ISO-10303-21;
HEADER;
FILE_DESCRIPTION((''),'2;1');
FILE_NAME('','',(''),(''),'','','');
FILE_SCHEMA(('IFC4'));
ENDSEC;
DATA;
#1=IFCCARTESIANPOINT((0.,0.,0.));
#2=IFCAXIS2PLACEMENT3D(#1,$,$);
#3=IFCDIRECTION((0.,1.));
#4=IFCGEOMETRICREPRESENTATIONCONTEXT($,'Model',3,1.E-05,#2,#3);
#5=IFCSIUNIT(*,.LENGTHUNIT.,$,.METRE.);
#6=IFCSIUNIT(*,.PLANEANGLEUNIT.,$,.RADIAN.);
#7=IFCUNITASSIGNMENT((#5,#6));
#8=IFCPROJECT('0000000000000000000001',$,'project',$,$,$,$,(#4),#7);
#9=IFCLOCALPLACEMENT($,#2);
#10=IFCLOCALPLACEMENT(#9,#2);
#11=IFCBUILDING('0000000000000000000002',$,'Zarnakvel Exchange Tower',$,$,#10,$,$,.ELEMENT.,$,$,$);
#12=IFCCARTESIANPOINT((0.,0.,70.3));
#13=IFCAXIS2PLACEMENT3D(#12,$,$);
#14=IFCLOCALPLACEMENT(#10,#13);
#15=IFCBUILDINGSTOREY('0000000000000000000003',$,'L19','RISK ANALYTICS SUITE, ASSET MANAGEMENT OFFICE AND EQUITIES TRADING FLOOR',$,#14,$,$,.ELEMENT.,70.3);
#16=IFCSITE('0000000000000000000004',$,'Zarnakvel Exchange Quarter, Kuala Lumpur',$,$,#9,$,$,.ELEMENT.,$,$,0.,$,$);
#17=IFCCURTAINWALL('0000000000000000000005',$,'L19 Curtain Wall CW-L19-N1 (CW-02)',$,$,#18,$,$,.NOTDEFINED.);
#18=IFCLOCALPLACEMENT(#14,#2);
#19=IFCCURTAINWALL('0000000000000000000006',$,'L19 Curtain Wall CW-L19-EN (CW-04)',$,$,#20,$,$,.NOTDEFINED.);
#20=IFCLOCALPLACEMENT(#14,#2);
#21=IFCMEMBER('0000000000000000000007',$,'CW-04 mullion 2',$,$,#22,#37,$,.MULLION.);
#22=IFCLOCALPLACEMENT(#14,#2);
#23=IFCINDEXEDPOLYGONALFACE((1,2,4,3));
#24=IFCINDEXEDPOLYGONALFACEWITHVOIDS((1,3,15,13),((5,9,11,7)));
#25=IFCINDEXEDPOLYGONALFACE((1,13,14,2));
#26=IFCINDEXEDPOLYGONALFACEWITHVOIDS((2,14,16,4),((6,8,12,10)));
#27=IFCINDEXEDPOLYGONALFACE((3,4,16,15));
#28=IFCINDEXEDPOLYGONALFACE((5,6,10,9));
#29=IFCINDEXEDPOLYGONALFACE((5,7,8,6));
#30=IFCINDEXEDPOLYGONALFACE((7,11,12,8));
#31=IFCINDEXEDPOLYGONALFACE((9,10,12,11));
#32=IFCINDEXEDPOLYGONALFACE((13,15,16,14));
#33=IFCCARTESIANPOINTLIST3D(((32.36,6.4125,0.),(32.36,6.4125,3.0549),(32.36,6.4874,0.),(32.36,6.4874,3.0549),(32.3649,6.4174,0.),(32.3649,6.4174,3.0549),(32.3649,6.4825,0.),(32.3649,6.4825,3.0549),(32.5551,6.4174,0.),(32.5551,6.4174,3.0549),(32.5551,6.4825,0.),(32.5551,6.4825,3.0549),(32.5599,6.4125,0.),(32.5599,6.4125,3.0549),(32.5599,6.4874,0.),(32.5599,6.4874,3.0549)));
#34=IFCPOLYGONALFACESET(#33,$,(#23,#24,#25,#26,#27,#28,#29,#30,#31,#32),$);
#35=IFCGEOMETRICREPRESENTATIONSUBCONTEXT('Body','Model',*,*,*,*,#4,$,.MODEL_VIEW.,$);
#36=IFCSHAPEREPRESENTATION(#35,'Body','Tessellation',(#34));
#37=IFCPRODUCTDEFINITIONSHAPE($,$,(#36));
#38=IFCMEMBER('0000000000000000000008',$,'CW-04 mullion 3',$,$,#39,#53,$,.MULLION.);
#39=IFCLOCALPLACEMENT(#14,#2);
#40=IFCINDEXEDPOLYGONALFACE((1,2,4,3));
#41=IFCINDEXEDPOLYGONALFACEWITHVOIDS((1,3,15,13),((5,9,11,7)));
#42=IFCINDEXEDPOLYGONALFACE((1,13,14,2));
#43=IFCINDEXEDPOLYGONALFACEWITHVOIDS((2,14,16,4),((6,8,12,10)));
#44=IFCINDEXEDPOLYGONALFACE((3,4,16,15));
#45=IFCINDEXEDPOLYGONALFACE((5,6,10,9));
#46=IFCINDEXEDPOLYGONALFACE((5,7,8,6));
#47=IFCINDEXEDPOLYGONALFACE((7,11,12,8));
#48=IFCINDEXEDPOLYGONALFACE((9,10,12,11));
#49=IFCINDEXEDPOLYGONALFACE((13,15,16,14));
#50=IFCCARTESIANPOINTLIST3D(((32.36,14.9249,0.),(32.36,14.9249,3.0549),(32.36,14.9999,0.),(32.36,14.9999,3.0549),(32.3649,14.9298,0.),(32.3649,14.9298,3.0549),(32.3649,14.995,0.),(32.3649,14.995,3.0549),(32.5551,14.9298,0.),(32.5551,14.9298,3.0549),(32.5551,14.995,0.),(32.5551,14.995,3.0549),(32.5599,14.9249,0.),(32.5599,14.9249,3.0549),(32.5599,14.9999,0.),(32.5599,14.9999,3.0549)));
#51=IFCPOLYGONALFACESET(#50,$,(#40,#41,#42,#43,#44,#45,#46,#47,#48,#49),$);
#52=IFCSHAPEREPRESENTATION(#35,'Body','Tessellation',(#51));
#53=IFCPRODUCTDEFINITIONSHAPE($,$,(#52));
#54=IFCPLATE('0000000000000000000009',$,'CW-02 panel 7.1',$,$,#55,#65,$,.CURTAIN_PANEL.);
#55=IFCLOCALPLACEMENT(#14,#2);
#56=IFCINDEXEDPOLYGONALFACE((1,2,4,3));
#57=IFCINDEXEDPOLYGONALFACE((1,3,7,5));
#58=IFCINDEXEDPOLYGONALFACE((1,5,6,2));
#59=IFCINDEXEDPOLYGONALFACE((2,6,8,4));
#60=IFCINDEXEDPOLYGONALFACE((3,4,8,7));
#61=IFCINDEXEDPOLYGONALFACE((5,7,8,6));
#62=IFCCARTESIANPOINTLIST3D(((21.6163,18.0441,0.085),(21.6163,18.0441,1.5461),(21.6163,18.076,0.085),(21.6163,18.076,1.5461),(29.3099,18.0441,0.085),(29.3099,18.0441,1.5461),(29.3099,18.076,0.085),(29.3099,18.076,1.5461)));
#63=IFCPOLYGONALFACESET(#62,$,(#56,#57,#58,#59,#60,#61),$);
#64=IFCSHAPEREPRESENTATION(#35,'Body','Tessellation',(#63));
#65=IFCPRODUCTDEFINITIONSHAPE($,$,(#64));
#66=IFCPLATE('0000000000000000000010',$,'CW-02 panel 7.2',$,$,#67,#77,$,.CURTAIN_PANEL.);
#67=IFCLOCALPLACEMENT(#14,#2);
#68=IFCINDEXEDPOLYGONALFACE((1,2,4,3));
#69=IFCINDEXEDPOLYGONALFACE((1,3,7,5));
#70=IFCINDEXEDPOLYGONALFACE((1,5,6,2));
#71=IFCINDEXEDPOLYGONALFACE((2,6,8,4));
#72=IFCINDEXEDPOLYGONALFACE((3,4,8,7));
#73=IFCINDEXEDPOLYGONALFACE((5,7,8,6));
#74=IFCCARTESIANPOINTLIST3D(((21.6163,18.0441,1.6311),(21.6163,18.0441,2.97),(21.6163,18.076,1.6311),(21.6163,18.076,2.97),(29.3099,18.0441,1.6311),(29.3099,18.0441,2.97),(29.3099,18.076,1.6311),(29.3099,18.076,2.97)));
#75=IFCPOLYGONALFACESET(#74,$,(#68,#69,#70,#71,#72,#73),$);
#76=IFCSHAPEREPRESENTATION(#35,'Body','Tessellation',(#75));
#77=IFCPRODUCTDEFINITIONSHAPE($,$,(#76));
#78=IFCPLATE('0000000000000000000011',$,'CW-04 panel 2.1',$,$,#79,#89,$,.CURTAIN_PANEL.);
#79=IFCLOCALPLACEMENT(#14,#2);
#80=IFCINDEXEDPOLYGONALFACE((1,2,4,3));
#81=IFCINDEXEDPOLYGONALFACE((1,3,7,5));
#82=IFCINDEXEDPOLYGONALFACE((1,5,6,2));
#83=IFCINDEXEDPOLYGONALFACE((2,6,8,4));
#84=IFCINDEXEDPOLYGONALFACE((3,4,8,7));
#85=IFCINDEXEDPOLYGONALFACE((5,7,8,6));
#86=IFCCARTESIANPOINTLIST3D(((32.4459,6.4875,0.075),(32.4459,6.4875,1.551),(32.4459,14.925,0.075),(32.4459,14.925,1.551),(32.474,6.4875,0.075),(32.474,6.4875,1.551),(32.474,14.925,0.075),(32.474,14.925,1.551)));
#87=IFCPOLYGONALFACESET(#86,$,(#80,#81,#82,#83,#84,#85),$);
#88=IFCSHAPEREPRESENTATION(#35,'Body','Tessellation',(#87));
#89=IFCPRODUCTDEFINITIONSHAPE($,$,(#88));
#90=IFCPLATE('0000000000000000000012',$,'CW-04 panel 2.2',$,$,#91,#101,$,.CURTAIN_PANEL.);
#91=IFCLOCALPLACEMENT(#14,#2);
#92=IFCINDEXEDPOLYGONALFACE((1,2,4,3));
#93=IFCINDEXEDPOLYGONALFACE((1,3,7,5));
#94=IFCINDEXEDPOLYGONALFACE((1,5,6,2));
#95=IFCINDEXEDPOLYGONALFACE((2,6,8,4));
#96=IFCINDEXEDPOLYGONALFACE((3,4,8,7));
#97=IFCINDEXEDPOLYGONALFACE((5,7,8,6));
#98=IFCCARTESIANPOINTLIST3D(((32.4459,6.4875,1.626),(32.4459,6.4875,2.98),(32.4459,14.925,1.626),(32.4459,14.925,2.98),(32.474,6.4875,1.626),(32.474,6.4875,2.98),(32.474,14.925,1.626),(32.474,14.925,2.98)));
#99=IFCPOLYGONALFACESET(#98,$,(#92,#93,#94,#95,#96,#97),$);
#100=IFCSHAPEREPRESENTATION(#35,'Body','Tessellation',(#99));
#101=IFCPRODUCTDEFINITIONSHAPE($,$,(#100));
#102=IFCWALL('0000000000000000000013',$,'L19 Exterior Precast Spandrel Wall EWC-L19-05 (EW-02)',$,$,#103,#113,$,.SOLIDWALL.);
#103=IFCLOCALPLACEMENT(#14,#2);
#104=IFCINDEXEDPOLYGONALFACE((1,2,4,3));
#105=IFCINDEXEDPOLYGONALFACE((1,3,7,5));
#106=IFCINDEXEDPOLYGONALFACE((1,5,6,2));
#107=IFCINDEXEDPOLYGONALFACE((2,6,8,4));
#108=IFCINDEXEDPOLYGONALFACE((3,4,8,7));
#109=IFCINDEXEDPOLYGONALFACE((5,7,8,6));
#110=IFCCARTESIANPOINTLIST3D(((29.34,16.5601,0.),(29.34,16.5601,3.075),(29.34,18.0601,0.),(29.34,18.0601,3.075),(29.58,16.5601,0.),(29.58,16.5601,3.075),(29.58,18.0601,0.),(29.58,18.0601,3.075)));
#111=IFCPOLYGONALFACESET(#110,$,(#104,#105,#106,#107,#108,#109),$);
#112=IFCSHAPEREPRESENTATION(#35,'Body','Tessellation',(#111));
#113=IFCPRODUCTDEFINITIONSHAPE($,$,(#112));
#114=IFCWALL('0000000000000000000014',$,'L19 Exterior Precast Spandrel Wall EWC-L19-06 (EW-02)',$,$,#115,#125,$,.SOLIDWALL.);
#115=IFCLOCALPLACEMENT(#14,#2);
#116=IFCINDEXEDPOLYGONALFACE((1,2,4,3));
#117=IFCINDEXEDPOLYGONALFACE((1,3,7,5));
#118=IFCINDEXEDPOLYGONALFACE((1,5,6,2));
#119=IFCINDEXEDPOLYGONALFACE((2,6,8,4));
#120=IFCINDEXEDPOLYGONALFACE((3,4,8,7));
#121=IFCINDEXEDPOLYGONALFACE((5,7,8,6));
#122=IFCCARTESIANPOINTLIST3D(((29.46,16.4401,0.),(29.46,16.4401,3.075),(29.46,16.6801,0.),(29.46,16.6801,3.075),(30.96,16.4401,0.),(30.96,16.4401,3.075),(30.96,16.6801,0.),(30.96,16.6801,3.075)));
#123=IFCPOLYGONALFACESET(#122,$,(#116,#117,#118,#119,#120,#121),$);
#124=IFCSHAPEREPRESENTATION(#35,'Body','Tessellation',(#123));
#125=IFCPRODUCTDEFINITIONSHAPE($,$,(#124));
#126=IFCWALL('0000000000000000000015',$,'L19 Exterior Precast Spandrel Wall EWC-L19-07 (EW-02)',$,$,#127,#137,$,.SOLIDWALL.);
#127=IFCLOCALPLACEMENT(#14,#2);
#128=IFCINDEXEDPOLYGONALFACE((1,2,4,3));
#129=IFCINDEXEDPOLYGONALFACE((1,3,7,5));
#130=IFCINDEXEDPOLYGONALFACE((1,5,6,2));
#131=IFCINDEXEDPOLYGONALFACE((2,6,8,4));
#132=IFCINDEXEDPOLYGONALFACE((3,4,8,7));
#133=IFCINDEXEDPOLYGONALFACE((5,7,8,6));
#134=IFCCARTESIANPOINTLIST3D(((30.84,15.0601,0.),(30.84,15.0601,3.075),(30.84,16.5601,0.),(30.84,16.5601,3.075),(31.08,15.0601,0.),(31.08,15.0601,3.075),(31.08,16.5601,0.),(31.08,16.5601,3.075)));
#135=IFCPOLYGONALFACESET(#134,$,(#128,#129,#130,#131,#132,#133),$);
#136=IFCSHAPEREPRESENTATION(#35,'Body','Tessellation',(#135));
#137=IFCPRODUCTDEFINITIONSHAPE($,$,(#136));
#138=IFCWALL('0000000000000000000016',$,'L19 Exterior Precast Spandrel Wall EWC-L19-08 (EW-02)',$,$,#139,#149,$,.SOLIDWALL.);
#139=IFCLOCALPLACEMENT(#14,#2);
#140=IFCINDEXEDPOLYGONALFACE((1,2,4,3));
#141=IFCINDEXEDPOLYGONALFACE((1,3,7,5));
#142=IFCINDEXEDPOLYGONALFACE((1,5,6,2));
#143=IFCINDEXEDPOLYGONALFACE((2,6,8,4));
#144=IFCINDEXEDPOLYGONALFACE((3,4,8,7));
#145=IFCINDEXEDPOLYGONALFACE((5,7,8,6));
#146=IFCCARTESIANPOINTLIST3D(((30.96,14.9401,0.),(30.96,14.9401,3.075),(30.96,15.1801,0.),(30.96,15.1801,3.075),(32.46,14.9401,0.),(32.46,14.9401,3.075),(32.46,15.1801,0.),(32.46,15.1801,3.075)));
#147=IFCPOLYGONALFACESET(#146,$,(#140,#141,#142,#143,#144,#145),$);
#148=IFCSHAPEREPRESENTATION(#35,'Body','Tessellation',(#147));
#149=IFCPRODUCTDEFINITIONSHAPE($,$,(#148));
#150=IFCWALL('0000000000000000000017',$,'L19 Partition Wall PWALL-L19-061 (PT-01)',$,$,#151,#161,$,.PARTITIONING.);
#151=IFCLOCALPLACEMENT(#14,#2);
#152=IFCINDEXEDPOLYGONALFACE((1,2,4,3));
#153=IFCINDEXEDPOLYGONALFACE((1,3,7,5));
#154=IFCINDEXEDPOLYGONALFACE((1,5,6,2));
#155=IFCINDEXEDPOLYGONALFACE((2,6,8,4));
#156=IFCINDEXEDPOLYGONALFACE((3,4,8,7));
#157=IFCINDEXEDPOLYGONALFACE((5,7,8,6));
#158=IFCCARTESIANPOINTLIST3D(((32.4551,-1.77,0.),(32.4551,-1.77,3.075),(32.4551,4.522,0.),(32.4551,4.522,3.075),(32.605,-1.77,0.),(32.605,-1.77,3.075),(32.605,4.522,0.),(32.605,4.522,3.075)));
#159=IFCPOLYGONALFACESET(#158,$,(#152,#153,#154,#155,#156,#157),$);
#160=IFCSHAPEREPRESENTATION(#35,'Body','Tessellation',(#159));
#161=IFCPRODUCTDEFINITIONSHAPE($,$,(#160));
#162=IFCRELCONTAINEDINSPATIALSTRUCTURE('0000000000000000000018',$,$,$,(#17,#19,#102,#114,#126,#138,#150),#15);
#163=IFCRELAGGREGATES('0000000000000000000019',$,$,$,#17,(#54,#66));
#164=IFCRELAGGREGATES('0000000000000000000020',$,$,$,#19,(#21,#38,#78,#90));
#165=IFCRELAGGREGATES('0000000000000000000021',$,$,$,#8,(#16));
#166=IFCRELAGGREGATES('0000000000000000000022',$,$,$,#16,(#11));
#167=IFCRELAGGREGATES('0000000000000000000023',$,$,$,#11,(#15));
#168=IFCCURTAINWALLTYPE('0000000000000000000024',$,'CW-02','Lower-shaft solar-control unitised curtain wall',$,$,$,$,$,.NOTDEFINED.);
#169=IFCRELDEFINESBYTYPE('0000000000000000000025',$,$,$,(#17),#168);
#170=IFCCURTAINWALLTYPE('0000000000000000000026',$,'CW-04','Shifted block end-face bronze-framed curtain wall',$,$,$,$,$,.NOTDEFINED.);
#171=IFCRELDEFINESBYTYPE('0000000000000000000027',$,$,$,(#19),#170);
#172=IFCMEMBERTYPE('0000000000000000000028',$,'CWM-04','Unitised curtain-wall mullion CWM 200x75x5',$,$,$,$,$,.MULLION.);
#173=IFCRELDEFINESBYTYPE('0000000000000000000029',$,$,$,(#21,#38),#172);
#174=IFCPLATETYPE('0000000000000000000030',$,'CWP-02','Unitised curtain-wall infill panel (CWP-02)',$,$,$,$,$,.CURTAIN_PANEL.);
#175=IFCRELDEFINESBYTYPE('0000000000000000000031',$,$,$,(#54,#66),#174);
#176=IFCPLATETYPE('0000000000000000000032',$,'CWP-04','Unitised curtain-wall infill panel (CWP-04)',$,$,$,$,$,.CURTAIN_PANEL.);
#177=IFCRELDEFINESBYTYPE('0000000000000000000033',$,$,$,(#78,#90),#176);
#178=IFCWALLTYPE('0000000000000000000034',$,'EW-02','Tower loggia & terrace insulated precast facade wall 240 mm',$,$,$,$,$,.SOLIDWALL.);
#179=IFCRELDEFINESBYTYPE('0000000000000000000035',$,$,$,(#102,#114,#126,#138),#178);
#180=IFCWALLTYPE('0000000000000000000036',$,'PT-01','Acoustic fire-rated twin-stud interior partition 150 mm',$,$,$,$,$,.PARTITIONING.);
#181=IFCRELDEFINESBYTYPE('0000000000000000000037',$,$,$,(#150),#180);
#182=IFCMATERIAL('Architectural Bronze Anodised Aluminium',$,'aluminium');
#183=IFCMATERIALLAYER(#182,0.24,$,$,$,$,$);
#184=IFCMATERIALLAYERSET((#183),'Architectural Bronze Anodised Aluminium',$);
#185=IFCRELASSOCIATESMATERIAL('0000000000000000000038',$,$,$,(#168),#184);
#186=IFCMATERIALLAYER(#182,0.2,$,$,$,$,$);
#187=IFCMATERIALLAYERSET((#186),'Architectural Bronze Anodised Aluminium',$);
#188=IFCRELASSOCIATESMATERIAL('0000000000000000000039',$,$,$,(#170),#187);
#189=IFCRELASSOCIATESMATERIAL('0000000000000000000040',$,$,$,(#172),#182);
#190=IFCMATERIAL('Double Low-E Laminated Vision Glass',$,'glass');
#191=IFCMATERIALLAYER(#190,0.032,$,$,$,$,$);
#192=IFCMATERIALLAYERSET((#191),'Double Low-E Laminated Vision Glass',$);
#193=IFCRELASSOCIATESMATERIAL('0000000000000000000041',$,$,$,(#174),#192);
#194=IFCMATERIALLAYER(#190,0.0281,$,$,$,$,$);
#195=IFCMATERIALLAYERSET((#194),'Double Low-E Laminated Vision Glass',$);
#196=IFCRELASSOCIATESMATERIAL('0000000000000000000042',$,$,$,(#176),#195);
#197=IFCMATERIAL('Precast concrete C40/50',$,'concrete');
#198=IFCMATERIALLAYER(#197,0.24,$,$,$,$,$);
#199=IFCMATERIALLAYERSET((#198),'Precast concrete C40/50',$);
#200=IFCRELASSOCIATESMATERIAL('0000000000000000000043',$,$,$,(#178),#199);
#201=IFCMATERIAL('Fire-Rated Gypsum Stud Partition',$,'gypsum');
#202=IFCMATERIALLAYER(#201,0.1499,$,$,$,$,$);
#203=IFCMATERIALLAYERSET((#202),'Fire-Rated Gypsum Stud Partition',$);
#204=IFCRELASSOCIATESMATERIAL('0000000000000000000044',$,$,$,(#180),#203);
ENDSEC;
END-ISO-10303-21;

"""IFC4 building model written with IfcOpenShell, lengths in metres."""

from ifc_helpers import new_model, si_unit, direction, frame, frame_2d, origin, origin_2d, place, context, subcontext, project, spatial, rectangle, hollow_rectangle, extrude, source, transform, mapped, material, layer, layer_set, material_profile, profile_set, type_object, element, aggregate, save


model = new_model("IFC4")

# Units and contexts
model_context = context("Model", 3, precision=1e-05, world=origin(), true_north=direction((0.0, 1.0)))
body_context = subcontext(model_context, "Body", "Model", "MODEL_VIEW")
ifc_project = project(units=[si_unit("LENGTHUNIT", "METRE"), si_unit("PLANEANGLEUNIT", "RADIAN")], contexts=[model_context])

# Site, building, storey
site_placement = place(None, origin())
site = spatial("IfcSite", under=ifc_project, at=site_placement, Name="Zarnakvel Exchange Quarter, Kuala Lumpur", CompositionType="ELEMENT", RefElevation=0.0)
building_placement = place(site_placement, origin())
building = spatial("IfcBuilding", under=site, at=building_placement, Name="Zarnakvel Exchange Tower", CompositionType="ELEMENT")
storey_placement = place(building_placement, frame((0.0, 0.0, 70.3)))
storey = spatial("IfcBuildingStorey", under=building, at=storey_placement, Name="L19", Description="RISK ANALYTICS SUITE, ASSET MANAGEMENT OFFICE AND EQUITIES TRADING FLOOR", CompositionType="ELEMENT", Elevation=70.3)

# Curtain walls
ifc_material_1 = material(Name="Architectural Bronze Anodised Aluminium", Category="aluminium")
ifc_layer_1 = layer(ifc_material_1, 0.24)
ifc_layer_set_1 = layer_set([ifc_layer_1], Name="Architectural Bronze Anodised Aluminium")
curtain_wall_type_1 = type_object("IfcCurtainWallType", Name="CW-02", Description="Lower-shaft solar-control unitised curtain wall", PredefinedType="NOTDEFINED", material=ifc_layer_set_1)
curtain_wall_1_placement = place(storey_placement, origin())
curtain_wall_1 = element("IfcCurtainWall", 1, at=curtain_wall_1_placement, inside=storey, type_object=curtain_wall_type_1, Name="L19 Curtain Wall CW-L19-N1 (CW-02)", PredefinedType="NOTDEFINED")
ifc_layer_2 = layer(ifc_material_1, 0.2)
ifc_layer_set_2 = layer_set([ifc_layer_2], Name="Architectural Bronze Anodised Aluminium")
curtain_wall_type_2 = type_object("IfcCurtainWallType", Name="CW-04", Description="Shifted block end-face bronze-framed curtain wall", PredefinedType="NOTDEFINED", material=ifc_layer_set_2)
curtain_wall_2_placement = place(storey_placement, origin())
curtain_wall_2 = element("IfcCurtainWall", 2, at=curtain_wall_2_placement, inside=storey, type_object=curtain_wall_type_2, Name="L19 Curtain Wall CW-L19-EN (CW-04)", PredefinedType="NOTDEFINED")

# Members
ifc_material_profile_1 = material_profile(ifc_material_1, hollow_rectangle(XDim=0.2, YDim=0.075, WallThickness=0.0049, at=origin_2d()))
ifc_profile_set_1 = profile_set([ifc_material_profile_1], Name="Architectural Bronze Anodised Aluminium")
member_type_1 = type_object("IfcMemberType", Name="CWM-04", Description="Unitised curtain-wall mullion CWM 200x75x5", PredefinedType="MULLION", material=ifc_profile_set_1)
shared_shape_1 = source(origin(), body_context, "Body", "SweptSolid", [
    extrude(hollow_rectangle(XDim=0.2, YDim=0.075, WallThickness=0.0049, at=origin_2d()), origin(), (0.0, 0.0, 1.0), 3.0549),
])
member_1_placement = place(storey_placement, frame((32.46, 6.45, 0.0), z_axis=(0.0, 0.0, 1.0), x_axis=(-1.0, 0.0, 0.0)))
member_1 = element("IfcMember", 3, at=member_1_placement, type_object=member_type_1, Name="CW-04 mullion 2", PredefinedType="MULLION", context=body_context, shape_type="MappedRepresentation", body=[
    mapped(shared_shape_1, transform((0.0, 0.0, 0.0), x_axis=(1.0, 0.0, 0.0), y_axis=(0.0, 1.0, 0.0), z_axis=(0.0, 0.0, 1.0), scale=1.0)),
])
member_2_placement = place(storey_placement, frame((32.46, 14.9624, 0.0), z_axis=(0.0, 0.0, 1.0), x_axis=(-1.0, 0.0, 0.0)))
member_2 = element("IfcMember", 4, at=member_2_placement, type_object=member_type_1, Name="CW-04 mullion 3", PredefinedType="MULLION", context=body_context, shape_type="MappedRepresentation", body=[
    mapped(shared_shape_1, transform((0.0, 0.0, 0.0), x_axis=(1.0, 0.0, 0.0), y_axis=(0.0, 1.0, 0.0), z_axis=(0.0, 0.0, 1.0), scale=1.0)),
])

# Plates
ifc_material_2 = material(Name="Double Low-E Laminated Vision Glass", Category="glass")
ifc_layer_3 = layer(ifc_material_2, 0.032)
ifc_layer_set_3 = layer_set([ifc_layer_3], Name="Double Low-E Laminated Vision Glass")
plate_type_1 = type_object("IfcPlateType", Name="CWP-02", Description="Unitised curtain-wall infill panel (CWP-02)", PredefinedType="CURTAIN_PANEL", material=ifc_layer_set_3)
shared_shape_2 = source(origin(), body_context, "Body", "SweptSolid", [
    extrude(rectangle(XDim=7.6936, YDim=0.032, at=origin_2d()), origin(), (0.0, 0.0, 1.0), 1.4612),
])
plate_1_placement = place(storey_placement, frame((25.4631, 18.0601, 0.085), z_axis=(0.0, 0.0, 1.0), x_axis=(1.0, 0.0, 0.0)))
plate_1 = element("IfcPlate", 5, at=plate_1_placement, type_object=plate_type_1, Name="CW-02 panel 7.1", PredefinedType="CURTAIN_PANEL", context=body_context, shape_type="MappedRepresentation", body=[
    mapped(shared_shape_2, transform((0.0, 0.0, 0.0), x_axis=(1.0, 0.0, 0.0), y_axis=(0.0, 1.0, 0.0), z_axis=(0.0, 0.0, 1.0), scale=1.0)),
])
shared_shape_3 = source(origin(), body_context, "Body", "SweptSolid", [
    extrude(rectangle(XDim=7.6936, YDim=0.032, at=origin_2d()), origin(), (0.0, 0.0, 1.0), 1.3389),
])
plate_2_placement = place(storey_placement, frame((25.4631, 18.0601, 1.6311), z_axis=(0.0, 0.0, 1.0), x_axis=(1.0, 0.0, 0.0)))
plate_2 = element("IfcPlate", 6, at=plate_2_placement, type_object=plate_type_1, Name="CW-02 panel 7.2", PredefinedType="CURTAIN_PANEL", context=body_context, shape_type="MappedRepresentation", body=[
    mapped(shared_shape_3, transform((0.0, 0.0, 0.0), x_axis=(1.0, 0.0, 0.0), y_axis=(0.0, 1.0, 0.0), z_axis=(0.0, 0.0, 1.0), scale=1.0)),
])
aggregate(curtain_wall_1, [plate_1, plate_2])
ifc_layer_4 = layer(ifc_material_2, 0.0281)
ifc_layer_set_4 = layer_set([ifc_layer_4], Name="Double Low-E Laminated Vision Glass")
plate_type_2 = type_object("IfcPlateType", Name="CWP-04", Description="Unitised curtain-wall infill panel (CWP-04)", PredefinedType="CURTAIN_PANEL", material=ifc_layer_set_4)
shared_shape_4 = source(origin(), body_context, "Body", "SweptSolid", [
    extrude(rectangle(XDim=8.4375, YDim=0.0281, at=origin_2d()), origin(), (0.0, 0.0, 1.0), 1.4761),
])
plate_3_placement = place(storey_placement, frame((32.46, 10.7063, 0.075), z_axis=(0.0, 0.0, 1.0), x_axis=(0.0, 1.0, 0.0)))
plate_3 = element("IfcPlate", 7, at=plate_3_placement, type_object=plate_type_2, Name="CW-04 panel 2.1", PredefinedType="CURTAIN_PANEL", context=body_context, shape_type="MappedRepresentation", body=[
    mapped(shared_shape_4, transform((0.0, 0.0, 0.0), x_axis=(1.0, 0.0, 0.0), y_axis=(0.0, 1.0, 0.0), z_axis=(0.0, 0.0, 1.0), scale=1.0)),
])
shared_shape_5 = source(origin(), body_context, "Body", "SweptSolid", [
    extrude(rectangle(XDim=8.4375, YDim=0.0281, at=origin_2d()), origin(), (0.0, 0.0, 1.0), 1.354),
])
plate_4_placement = place(storey_placement, frame((32.46, 10.7063, 1.626), z_axis=(0.0, 0.0, 1.0), x_axis=(0.0, 1.0, 0.0)))
plate_4 = element("IfcPlate", 8, at=plate_4_placement, type_object=plate_type_2, Name="CW-04 panel 2.2", PredefinedType="CURTAIN_PANEL", context=body_context, shape_type="MappedRepresentation", body=[
    mapped(shared_shape_5, transform((0.0, 0.0, 0.0), x_axis=(1.0, 0.0, 0.0), y_axis=(0.0, 1.0, 0.0), z_axis=(0.0, 0.0, 1.0), scale=1.0)),
])
aggregate(curtain_wall_2, [member_1, member_2, plate_3, plate_4])

# Walls
ifc_material_3 = material(Name="Precast concrete C40/50", Category="concrete")
ifc_layer_5 = layer(ifc_material_3, 0.24)
ifc_layer_set_5 = layer_set([ifc_layer_5], Name="Precast concrete C40/50")
wall_type_1 = type_object("IfcWallType", Name="EW-02", Description="Tower loggia & terrace insulated precast facade wall 240 mm", PredefinedType="SOLIDWALL", material=ifc_layer_set_5)
for number, where, z_axis, x_axis, name in (
    (9, (29.46, 16.5601, 0.0), (0.0, 0.0, 1.0), (0.0, 1.0, 0.0), "L19 Exterior Precast Spandrel Wall EWC-L19-05 (EW-02)"),
    (10, (30.96, 16.5601, 0.0), (0.0, 0.0, 1.0), (-1.0, 0.0, 0.0), "L19 Exterior Precast Spandrel Wall EWC-L19-06 (EW-02)"),
    (11, (30.96, 15.0601, 0.0), (0.0, 0.0, 1.0), (0.0, 1.0, 0.0), "L19 Exterior Precast Spandrel Wall EWC-L19-07 (EW-02)"),
    (12, (32.46, 15.0601, 0.0), (0.0, 0.0, 1.0), (-1.0, 0.0, 0.0), "L19 Exterior Precast Spandrel Wall EWC-L19-08 (EW-02)"),
):
    element("IfcWall", number, at=place(storey_placement, frame(where, z_axis=z_axis, x_axis=x_axis)), inside=storey, type_object=wall_type_1, Name=name, PredefinedType="SOLIDWALL", context=body_context, shape_type="SweptSolid", body=[
        extrude(rectangle(XDim=1.5, YDim=0.24, at=frame_2d((0.75, 0.0))), origin(), (0.0, 0.0, 1.0), 3.075),
    ])
ifc_material_4 = material(Name="Fire-Rated Gypsum Stud Partition", Category="gypsum")
ifc_layer_6 = layer(ifc_material_4, 0.1499)
ifc_layer_set_6 = layer_set([ifc_layer_6], Name="Fire-Rated Gypsum Stud Partition")
wall_type_2 = type_object("IfcWallType", Name="PT-01", Description="Acoustic fire-rated twin-stud interior partition 150 mm", PredefinedType="PARTITIONING", material=ifc_layer_set_6)
wall_1_placement = place(storey_placement, frame((32.53, 4.522, 0.0), z_axis=(0.0, 0.0, 1.0), x_axis=(0.0, -1.0, 0.0)))
element("IfcWall", 13, at=wall_1_placement, inside=storey, type_object=wall_type_2, Name="L19 Partition Wall PWALL-L19-061 (PT-01)", PredefinedType="PARTITIONING", context=body_context, shape_type="SweptSolid", body=[
    extrude(rectangle(XDim=6.292, YDim=0.1499, at=frame_2d((3.146, 0.0))), origin(), (0.0, 0.0, 1.0), 3.075),
])

save(model, "model.ifc")
